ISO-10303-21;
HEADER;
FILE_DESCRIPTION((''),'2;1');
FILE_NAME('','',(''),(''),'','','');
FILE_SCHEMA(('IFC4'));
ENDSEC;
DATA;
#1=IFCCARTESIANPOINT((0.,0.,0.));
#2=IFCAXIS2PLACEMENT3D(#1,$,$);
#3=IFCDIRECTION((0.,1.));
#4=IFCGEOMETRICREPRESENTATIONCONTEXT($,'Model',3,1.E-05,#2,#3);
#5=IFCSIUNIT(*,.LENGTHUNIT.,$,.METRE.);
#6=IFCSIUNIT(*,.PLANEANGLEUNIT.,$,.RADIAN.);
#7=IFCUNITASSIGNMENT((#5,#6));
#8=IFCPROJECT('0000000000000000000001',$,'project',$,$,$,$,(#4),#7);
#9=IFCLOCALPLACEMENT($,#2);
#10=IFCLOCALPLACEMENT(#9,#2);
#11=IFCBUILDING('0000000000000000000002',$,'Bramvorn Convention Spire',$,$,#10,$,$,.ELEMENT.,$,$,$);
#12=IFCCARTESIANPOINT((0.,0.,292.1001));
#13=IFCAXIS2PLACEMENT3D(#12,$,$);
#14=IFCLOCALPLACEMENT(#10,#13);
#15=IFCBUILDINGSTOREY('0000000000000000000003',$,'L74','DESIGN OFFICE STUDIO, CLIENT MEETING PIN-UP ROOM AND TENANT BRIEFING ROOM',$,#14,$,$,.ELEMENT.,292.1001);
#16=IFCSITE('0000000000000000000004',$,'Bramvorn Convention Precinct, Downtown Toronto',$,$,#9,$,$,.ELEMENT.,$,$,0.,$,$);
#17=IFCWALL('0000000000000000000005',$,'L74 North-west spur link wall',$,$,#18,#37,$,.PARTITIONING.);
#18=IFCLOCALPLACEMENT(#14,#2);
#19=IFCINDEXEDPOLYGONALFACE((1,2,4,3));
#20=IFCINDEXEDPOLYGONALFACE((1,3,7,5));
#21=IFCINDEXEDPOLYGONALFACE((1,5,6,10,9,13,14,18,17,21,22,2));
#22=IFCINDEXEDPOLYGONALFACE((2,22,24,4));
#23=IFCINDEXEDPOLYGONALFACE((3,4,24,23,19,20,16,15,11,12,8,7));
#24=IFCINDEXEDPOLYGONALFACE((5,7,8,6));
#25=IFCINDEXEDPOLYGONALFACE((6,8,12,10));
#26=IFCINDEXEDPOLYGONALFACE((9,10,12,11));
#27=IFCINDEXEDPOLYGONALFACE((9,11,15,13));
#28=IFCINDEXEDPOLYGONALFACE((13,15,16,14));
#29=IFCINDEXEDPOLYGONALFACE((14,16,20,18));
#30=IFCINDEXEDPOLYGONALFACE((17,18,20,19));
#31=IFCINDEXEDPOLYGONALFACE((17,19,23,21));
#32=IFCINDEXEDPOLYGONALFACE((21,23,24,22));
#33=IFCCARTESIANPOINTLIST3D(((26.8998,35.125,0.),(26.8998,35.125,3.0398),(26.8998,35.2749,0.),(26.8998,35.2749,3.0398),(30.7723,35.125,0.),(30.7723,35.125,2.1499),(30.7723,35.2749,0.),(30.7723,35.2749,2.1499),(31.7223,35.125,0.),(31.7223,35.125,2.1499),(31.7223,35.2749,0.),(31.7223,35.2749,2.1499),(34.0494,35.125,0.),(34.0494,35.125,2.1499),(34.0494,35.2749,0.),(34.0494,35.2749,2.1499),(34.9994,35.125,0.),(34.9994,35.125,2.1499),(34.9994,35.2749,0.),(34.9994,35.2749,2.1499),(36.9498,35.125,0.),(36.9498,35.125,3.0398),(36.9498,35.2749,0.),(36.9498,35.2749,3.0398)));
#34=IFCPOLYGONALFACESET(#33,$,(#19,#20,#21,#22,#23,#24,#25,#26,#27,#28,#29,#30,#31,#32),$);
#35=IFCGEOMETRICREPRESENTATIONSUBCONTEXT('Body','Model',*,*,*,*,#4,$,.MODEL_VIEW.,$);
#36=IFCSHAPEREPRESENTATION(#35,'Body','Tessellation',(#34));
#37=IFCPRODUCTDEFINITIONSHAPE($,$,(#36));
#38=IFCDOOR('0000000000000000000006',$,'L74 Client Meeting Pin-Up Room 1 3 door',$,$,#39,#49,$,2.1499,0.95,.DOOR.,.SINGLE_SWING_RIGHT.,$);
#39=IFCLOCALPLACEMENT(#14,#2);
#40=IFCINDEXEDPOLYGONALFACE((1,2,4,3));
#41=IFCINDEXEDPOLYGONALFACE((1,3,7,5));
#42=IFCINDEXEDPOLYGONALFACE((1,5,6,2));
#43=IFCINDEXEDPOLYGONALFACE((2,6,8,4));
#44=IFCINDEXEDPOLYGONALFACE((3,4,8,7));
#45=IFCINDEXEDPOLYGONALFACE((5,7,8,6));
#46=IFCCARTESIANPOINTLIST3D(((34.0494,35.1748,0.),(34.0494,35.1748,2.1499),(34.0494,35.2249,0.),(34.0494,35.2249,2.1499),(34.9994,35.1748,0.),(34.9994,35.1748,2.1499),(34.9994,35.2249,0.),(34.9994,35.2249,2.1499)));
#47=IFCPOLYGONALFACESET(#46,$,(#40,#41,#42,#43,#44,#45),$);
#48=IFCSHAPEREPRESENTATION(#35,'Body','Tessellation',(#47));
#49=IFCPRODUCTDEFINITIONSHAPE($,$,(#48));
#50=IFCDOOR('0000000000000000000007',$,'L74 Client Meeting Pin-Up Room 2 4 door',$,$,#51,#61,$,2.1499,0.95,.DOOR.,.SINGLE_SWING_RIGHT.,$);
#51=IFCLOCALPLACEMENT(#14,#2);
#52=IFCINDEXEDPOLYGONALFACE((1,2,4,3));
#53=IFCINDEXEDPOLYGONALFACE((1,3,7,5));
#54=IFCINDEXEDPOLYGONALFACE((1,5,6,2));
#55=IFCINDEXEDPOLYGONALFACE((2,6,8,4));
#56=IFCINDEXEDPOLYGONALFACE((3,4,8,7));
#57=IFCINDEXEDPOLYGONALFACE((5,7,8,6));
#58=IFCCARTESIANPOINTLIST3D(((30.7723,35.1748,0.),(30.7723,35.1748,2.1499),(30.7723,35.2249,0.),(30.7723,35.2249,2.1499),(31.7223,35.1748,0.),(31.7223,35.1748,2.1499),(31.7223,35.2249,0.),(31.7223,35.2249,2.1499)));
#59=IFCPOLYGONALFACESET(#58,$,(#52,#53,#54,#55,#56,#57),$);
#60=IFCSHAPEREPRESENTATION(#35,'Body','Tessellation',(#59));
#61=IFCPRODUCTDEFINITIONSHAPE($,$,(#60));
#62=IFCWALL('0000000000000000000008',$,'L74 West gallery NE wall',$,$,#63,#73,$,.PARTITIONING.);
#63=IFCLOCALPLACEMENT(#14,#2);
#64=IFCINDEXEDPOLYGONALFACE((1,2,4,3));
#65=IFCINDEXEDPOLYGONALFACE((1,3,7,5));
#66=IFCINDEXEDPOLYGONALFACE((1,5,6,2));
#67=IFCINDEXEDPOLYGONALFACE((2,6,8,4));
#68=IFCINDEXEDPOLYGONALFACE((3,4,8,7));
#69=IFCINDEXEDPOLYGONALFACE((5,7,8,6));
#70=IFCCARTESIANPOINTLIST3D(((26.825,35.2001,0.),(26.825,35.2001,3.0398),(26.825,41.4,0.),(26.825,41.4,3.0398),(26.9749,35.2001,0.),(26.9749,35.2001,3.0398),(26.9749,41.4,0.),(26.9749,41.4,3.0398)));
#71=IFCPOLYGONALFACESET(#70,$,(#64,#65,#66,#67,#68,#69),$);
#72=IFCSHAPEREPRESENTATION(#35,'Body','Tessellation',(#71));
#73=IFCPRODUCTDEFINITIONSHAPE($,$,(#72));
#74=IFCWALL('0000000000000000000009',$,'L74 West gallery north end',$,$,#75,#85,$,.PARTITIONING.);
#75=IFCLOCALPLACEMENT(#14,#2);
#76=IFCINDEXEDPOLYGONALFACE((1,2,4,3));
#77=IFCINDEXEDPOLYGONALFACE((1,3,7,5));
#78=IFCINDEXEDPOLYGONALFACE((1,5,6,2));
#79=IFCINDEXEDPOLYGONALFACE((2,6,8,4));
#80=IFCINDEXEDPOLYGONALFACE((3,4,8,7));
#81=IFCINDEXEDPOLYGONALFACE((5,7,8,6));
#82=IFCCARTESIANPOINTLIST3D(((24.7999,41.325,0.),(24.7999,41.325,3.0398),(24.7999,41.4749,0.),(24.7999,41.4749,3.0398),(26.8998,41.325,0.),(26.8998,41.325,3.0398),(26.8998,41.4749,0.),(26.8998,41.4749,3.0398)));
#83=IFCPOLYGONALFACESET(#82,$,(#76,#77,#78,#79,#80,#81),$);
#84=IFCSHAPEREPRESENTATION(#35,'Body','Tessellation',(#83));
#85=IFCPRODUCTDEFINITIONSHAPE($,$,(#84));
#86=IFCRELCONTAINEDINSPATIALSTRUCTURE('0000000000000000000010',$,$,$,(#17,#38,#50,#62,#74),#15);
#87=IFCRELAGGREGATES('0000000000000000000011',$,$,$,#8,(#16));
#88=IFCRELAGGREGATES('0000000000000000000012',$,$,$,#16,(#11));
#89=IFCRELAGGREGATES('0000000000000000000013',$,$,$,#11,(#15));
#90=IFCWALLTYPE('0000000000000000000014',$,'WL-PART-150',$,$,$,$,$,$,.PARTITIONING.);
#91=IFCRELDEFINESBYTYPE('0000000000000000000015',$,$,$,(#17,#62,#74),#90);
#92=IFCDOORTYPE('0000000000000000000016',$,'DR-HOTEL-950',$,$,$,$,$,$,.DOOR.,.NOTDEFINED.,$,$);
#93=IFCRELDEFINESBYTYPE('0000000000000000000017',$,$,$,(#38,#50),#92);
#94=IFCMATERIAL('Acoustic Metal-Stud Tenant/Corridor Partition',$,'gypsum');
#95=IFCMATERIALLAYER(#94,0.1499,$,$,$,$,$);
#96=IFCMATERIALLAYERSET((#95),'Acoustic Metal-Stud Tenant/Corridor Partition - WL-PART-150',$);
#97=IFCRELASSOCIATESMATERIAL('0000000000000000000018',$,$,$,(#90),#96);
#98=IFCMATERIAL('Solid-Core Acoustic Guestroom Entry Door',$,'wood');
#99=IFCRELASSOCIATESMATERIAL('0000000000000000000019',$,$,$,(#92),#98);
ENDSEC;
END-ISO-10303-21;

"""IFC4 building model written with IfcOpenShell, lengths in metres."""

from ifc_helpers import new_model, si_unit, direction, frame, frame_2d, origin, place, context, subcontext, project, spatial, rectangle, extrude, material, layer, layer_set, type_object, element, fill, save


model = new_model("IFC4")

# Units and contexts
model_context = context("Model", 3, precision=1e-05, world=origin(), true_north=direction((0.0, 1.0)))
body_context = subcontext(model_context, "Body", "Model", "MODEL_VIEW")
ifc_project = project(units=[si_unit("LENGTHUNIT", "METRE"), si_unit("PLANEANGLEUNIT", "RADIAN")], contexts=[model_context])

# Site, building, storey
site_placement = place(None, origin())
site = spatial("IfcSite", under=ifc_project, at=site_placement, Name="Bramvorn Convention Precinct, Downtown Toronto", CompositionType="ELEMENT", RefElevation=0.0)
building_placement = place(site_placement, origin())
building = spatial("IfcBuilding", under=site, at=building_placement, Name="Bramvorn Convention Spire", CompositionType="ELEMENT")
storey_placement = place(building_placement, frame((0.0, 0.0, 292.1001)))
storey = spatial("IfcBuildingStorey", under=building, at=storey_placement, Name="L74", Description="DESIGN OFFICE STUDIO, CLIENT MEETING PIN-UP ROOM AND TENANT BRIEFING ROOM", CompositionType="ELEMENT", Elevation=292.1001)

# Wall, openings, doors
ifc_material_1 = material(Name="Acoustic Metal-Stud Tenant/Corridor Partition", Category="gypsum")
ifc_layer_1 = layer(ifc_material_1, 0.1499)
ifc_layer_set_1 = layer_set([ifc_layer_1], Name="Acoustic Metal-Stud Tenant/Corridor Partition - WL-PART-150")
wall_type_1 = type_object("IfcWallType", Name="WL-PART-150", PredefinedType="PARTITIONING", material=ifc_layer_set_1)
wall_1_placement = place(storey_placement, frame((26.8999, 35.2, 0.0), z_axis=(0.0, 0.0, 1.0), x_axis=(1.0, 0.0, 0.0)))
wall_1 = element("IfcWall", 1, at=wall_1_placement, inside=storey, type_object=wall_type_1, Name="L74 North-west spur link wall", PredefinedType="PARTITIONING", context=body_context, shape_type="SweptSolid", body=[
    extrude(rectangle(XDim=10.05, YDim=0.1499, at=frame_2d((5.0249, 0.0))), origin(), (0.0, 0.0, 1.0), 3.0398),
])
opening_1_placement = place(wall_1_placement, frame((7.1494, 0.0, 0.0)))
opening_1 = element("IfcOpeningElement", 2, at=opening_1_placement, cuts=wall_1, PredefinedType="OPENING", context=body_context, shape_type="SweptSolid", body=[
    extrude(rectangle(XDim=0.95, YDim=2.1499, at=frame_2d((0.4751, 1.075))), frame((0.0, 0.085, 0.0), z_axis=(0.0, -1.0, 0.0), x_axis=(1.0, 0.0, 0.0)), (0.0, 0.0, 1.0), 0.1699),
])
opening_2_placement = place(wall_1_placement, frame((3.8723, 0.0, 0.0)))
opening_2 = element("IfcOpeningElement", 3, at=opening_2_placement, cuts=wall_1, PredefinedType="OPENING", context=body_context, shape_type="SweptSolid", body=[
    extrude(rectangle(XDim=0.95, YDim=2.1499, at=frame_2d((0.4751, 1.075))), frame((0.0, 0.085, 0.0), z_axis=(0.0, -1.0, 0.0), x_axis=(1.0, 0.0, 0.0)), (0.0, 0.0, 1.0), 0.1699),
])
ifc_material_2 = material(Name="Solid-Core Acoustic Guestroom Entry Door", Category="wood")
door_type = type_object("IfcDoorType", Name="DR-HOTEL-950", OperationType="NOTDEFINED", PredefinedType="DOOR", material=ifc_material_2)
door_1_placement = place(opening_1_placement, origin())
door_1 = element("IfcDoor", 4, at=door_1_placement, inside=storey, type_object=door_type, Name="L74 Client Meeting Pin-Up Room 1 3 door", OperationType="SINGLE_SWING_RIGHT", OverallHeight=2.1499, OverallWidth=0.95, PredefinedType="DOOR", context=body_context, shape_type="SweptSolid", body=[
    extrude(rectangle(XDim=0.95, YDim=2.1499, at=frame_2d((0.4751, 1.075))), frame((0.0, 0.0249, 0.0), z_axis=(0.0, -1.0, 0.0), x_axis=(1.0, 0.0, 0.0)), (0.0, 0.0, 1.0), 0.05),
])
fill(opening_1, door_1)
door_2_placement = place(opening_2_placement, origin())
door_2 = element("IfcDoor", 5, at=door_2_placement, inside=storey, type_object=door_type, Name="L74 Client Meeting Pin-Up Room 2 4 door", OperationType="SINGLE_SWING_RIGHT", OverallHeight=2.1499, OverallWidth=0.95, PredefinedType="DOOR", context=body_context, shape_type="SweptSolid", body=[
    extrude(rectangle(XDim=0.95, YDim=2.1499, at=frame_2d((0.4751, 1.075))), frame((0.0, 0.0249, 0.0), z_axis=(0.0, -1.0, 0.0), x_axis=(1.0, 0.0, 0.0)), (0.0, 0.0, 1.0), 0.05),
])
fill(opening_2, door_2)

# Walls
wall_2_placement = place(storey_placement, frame((26.8999, 35.2, 0.0), z_axis=(0.0, 0.0, 1.0), x_axis=(0.0, 1.0, 0.0)))
element("IfcWall", 6, at=wall_2_placement, inside=storey, type_object=wall_type_1, Name="L74 West gallery NE wall", PredefinedType="PARTITIONING", context=body_context, shape_type="SweptSolid", body=[
    extrude(rectangle(XDim=6.2, YDim=0.1499, at=frame_2d((3.1001, 0.0))), origin(), (0.0, 0.0, 1.0), 3.0398),
])
wall_3_placement = place(storey_placement, frame((24.8, 41.3999, 0.0), z_axis=(0.0, 0.0, 1.0), x_axis=(1.0, 0.0, 0.0)))
element("IfcWall", 7, at=wall_3_placement, inside=storey, type_object=wall_type_1, Name="L74 West gallery north end", PredefinedType="PARTITIONING", context=body_context, shape_type="SweptSolid", body=[
    extrude(rectangle(XDim=2.0999, YDim=0.1499, at=frame_2d((1.0498, 0.0))), origin(), (0.0, 0.0, 1.0), 3.0398),
])

save(model, "model.ifc")
